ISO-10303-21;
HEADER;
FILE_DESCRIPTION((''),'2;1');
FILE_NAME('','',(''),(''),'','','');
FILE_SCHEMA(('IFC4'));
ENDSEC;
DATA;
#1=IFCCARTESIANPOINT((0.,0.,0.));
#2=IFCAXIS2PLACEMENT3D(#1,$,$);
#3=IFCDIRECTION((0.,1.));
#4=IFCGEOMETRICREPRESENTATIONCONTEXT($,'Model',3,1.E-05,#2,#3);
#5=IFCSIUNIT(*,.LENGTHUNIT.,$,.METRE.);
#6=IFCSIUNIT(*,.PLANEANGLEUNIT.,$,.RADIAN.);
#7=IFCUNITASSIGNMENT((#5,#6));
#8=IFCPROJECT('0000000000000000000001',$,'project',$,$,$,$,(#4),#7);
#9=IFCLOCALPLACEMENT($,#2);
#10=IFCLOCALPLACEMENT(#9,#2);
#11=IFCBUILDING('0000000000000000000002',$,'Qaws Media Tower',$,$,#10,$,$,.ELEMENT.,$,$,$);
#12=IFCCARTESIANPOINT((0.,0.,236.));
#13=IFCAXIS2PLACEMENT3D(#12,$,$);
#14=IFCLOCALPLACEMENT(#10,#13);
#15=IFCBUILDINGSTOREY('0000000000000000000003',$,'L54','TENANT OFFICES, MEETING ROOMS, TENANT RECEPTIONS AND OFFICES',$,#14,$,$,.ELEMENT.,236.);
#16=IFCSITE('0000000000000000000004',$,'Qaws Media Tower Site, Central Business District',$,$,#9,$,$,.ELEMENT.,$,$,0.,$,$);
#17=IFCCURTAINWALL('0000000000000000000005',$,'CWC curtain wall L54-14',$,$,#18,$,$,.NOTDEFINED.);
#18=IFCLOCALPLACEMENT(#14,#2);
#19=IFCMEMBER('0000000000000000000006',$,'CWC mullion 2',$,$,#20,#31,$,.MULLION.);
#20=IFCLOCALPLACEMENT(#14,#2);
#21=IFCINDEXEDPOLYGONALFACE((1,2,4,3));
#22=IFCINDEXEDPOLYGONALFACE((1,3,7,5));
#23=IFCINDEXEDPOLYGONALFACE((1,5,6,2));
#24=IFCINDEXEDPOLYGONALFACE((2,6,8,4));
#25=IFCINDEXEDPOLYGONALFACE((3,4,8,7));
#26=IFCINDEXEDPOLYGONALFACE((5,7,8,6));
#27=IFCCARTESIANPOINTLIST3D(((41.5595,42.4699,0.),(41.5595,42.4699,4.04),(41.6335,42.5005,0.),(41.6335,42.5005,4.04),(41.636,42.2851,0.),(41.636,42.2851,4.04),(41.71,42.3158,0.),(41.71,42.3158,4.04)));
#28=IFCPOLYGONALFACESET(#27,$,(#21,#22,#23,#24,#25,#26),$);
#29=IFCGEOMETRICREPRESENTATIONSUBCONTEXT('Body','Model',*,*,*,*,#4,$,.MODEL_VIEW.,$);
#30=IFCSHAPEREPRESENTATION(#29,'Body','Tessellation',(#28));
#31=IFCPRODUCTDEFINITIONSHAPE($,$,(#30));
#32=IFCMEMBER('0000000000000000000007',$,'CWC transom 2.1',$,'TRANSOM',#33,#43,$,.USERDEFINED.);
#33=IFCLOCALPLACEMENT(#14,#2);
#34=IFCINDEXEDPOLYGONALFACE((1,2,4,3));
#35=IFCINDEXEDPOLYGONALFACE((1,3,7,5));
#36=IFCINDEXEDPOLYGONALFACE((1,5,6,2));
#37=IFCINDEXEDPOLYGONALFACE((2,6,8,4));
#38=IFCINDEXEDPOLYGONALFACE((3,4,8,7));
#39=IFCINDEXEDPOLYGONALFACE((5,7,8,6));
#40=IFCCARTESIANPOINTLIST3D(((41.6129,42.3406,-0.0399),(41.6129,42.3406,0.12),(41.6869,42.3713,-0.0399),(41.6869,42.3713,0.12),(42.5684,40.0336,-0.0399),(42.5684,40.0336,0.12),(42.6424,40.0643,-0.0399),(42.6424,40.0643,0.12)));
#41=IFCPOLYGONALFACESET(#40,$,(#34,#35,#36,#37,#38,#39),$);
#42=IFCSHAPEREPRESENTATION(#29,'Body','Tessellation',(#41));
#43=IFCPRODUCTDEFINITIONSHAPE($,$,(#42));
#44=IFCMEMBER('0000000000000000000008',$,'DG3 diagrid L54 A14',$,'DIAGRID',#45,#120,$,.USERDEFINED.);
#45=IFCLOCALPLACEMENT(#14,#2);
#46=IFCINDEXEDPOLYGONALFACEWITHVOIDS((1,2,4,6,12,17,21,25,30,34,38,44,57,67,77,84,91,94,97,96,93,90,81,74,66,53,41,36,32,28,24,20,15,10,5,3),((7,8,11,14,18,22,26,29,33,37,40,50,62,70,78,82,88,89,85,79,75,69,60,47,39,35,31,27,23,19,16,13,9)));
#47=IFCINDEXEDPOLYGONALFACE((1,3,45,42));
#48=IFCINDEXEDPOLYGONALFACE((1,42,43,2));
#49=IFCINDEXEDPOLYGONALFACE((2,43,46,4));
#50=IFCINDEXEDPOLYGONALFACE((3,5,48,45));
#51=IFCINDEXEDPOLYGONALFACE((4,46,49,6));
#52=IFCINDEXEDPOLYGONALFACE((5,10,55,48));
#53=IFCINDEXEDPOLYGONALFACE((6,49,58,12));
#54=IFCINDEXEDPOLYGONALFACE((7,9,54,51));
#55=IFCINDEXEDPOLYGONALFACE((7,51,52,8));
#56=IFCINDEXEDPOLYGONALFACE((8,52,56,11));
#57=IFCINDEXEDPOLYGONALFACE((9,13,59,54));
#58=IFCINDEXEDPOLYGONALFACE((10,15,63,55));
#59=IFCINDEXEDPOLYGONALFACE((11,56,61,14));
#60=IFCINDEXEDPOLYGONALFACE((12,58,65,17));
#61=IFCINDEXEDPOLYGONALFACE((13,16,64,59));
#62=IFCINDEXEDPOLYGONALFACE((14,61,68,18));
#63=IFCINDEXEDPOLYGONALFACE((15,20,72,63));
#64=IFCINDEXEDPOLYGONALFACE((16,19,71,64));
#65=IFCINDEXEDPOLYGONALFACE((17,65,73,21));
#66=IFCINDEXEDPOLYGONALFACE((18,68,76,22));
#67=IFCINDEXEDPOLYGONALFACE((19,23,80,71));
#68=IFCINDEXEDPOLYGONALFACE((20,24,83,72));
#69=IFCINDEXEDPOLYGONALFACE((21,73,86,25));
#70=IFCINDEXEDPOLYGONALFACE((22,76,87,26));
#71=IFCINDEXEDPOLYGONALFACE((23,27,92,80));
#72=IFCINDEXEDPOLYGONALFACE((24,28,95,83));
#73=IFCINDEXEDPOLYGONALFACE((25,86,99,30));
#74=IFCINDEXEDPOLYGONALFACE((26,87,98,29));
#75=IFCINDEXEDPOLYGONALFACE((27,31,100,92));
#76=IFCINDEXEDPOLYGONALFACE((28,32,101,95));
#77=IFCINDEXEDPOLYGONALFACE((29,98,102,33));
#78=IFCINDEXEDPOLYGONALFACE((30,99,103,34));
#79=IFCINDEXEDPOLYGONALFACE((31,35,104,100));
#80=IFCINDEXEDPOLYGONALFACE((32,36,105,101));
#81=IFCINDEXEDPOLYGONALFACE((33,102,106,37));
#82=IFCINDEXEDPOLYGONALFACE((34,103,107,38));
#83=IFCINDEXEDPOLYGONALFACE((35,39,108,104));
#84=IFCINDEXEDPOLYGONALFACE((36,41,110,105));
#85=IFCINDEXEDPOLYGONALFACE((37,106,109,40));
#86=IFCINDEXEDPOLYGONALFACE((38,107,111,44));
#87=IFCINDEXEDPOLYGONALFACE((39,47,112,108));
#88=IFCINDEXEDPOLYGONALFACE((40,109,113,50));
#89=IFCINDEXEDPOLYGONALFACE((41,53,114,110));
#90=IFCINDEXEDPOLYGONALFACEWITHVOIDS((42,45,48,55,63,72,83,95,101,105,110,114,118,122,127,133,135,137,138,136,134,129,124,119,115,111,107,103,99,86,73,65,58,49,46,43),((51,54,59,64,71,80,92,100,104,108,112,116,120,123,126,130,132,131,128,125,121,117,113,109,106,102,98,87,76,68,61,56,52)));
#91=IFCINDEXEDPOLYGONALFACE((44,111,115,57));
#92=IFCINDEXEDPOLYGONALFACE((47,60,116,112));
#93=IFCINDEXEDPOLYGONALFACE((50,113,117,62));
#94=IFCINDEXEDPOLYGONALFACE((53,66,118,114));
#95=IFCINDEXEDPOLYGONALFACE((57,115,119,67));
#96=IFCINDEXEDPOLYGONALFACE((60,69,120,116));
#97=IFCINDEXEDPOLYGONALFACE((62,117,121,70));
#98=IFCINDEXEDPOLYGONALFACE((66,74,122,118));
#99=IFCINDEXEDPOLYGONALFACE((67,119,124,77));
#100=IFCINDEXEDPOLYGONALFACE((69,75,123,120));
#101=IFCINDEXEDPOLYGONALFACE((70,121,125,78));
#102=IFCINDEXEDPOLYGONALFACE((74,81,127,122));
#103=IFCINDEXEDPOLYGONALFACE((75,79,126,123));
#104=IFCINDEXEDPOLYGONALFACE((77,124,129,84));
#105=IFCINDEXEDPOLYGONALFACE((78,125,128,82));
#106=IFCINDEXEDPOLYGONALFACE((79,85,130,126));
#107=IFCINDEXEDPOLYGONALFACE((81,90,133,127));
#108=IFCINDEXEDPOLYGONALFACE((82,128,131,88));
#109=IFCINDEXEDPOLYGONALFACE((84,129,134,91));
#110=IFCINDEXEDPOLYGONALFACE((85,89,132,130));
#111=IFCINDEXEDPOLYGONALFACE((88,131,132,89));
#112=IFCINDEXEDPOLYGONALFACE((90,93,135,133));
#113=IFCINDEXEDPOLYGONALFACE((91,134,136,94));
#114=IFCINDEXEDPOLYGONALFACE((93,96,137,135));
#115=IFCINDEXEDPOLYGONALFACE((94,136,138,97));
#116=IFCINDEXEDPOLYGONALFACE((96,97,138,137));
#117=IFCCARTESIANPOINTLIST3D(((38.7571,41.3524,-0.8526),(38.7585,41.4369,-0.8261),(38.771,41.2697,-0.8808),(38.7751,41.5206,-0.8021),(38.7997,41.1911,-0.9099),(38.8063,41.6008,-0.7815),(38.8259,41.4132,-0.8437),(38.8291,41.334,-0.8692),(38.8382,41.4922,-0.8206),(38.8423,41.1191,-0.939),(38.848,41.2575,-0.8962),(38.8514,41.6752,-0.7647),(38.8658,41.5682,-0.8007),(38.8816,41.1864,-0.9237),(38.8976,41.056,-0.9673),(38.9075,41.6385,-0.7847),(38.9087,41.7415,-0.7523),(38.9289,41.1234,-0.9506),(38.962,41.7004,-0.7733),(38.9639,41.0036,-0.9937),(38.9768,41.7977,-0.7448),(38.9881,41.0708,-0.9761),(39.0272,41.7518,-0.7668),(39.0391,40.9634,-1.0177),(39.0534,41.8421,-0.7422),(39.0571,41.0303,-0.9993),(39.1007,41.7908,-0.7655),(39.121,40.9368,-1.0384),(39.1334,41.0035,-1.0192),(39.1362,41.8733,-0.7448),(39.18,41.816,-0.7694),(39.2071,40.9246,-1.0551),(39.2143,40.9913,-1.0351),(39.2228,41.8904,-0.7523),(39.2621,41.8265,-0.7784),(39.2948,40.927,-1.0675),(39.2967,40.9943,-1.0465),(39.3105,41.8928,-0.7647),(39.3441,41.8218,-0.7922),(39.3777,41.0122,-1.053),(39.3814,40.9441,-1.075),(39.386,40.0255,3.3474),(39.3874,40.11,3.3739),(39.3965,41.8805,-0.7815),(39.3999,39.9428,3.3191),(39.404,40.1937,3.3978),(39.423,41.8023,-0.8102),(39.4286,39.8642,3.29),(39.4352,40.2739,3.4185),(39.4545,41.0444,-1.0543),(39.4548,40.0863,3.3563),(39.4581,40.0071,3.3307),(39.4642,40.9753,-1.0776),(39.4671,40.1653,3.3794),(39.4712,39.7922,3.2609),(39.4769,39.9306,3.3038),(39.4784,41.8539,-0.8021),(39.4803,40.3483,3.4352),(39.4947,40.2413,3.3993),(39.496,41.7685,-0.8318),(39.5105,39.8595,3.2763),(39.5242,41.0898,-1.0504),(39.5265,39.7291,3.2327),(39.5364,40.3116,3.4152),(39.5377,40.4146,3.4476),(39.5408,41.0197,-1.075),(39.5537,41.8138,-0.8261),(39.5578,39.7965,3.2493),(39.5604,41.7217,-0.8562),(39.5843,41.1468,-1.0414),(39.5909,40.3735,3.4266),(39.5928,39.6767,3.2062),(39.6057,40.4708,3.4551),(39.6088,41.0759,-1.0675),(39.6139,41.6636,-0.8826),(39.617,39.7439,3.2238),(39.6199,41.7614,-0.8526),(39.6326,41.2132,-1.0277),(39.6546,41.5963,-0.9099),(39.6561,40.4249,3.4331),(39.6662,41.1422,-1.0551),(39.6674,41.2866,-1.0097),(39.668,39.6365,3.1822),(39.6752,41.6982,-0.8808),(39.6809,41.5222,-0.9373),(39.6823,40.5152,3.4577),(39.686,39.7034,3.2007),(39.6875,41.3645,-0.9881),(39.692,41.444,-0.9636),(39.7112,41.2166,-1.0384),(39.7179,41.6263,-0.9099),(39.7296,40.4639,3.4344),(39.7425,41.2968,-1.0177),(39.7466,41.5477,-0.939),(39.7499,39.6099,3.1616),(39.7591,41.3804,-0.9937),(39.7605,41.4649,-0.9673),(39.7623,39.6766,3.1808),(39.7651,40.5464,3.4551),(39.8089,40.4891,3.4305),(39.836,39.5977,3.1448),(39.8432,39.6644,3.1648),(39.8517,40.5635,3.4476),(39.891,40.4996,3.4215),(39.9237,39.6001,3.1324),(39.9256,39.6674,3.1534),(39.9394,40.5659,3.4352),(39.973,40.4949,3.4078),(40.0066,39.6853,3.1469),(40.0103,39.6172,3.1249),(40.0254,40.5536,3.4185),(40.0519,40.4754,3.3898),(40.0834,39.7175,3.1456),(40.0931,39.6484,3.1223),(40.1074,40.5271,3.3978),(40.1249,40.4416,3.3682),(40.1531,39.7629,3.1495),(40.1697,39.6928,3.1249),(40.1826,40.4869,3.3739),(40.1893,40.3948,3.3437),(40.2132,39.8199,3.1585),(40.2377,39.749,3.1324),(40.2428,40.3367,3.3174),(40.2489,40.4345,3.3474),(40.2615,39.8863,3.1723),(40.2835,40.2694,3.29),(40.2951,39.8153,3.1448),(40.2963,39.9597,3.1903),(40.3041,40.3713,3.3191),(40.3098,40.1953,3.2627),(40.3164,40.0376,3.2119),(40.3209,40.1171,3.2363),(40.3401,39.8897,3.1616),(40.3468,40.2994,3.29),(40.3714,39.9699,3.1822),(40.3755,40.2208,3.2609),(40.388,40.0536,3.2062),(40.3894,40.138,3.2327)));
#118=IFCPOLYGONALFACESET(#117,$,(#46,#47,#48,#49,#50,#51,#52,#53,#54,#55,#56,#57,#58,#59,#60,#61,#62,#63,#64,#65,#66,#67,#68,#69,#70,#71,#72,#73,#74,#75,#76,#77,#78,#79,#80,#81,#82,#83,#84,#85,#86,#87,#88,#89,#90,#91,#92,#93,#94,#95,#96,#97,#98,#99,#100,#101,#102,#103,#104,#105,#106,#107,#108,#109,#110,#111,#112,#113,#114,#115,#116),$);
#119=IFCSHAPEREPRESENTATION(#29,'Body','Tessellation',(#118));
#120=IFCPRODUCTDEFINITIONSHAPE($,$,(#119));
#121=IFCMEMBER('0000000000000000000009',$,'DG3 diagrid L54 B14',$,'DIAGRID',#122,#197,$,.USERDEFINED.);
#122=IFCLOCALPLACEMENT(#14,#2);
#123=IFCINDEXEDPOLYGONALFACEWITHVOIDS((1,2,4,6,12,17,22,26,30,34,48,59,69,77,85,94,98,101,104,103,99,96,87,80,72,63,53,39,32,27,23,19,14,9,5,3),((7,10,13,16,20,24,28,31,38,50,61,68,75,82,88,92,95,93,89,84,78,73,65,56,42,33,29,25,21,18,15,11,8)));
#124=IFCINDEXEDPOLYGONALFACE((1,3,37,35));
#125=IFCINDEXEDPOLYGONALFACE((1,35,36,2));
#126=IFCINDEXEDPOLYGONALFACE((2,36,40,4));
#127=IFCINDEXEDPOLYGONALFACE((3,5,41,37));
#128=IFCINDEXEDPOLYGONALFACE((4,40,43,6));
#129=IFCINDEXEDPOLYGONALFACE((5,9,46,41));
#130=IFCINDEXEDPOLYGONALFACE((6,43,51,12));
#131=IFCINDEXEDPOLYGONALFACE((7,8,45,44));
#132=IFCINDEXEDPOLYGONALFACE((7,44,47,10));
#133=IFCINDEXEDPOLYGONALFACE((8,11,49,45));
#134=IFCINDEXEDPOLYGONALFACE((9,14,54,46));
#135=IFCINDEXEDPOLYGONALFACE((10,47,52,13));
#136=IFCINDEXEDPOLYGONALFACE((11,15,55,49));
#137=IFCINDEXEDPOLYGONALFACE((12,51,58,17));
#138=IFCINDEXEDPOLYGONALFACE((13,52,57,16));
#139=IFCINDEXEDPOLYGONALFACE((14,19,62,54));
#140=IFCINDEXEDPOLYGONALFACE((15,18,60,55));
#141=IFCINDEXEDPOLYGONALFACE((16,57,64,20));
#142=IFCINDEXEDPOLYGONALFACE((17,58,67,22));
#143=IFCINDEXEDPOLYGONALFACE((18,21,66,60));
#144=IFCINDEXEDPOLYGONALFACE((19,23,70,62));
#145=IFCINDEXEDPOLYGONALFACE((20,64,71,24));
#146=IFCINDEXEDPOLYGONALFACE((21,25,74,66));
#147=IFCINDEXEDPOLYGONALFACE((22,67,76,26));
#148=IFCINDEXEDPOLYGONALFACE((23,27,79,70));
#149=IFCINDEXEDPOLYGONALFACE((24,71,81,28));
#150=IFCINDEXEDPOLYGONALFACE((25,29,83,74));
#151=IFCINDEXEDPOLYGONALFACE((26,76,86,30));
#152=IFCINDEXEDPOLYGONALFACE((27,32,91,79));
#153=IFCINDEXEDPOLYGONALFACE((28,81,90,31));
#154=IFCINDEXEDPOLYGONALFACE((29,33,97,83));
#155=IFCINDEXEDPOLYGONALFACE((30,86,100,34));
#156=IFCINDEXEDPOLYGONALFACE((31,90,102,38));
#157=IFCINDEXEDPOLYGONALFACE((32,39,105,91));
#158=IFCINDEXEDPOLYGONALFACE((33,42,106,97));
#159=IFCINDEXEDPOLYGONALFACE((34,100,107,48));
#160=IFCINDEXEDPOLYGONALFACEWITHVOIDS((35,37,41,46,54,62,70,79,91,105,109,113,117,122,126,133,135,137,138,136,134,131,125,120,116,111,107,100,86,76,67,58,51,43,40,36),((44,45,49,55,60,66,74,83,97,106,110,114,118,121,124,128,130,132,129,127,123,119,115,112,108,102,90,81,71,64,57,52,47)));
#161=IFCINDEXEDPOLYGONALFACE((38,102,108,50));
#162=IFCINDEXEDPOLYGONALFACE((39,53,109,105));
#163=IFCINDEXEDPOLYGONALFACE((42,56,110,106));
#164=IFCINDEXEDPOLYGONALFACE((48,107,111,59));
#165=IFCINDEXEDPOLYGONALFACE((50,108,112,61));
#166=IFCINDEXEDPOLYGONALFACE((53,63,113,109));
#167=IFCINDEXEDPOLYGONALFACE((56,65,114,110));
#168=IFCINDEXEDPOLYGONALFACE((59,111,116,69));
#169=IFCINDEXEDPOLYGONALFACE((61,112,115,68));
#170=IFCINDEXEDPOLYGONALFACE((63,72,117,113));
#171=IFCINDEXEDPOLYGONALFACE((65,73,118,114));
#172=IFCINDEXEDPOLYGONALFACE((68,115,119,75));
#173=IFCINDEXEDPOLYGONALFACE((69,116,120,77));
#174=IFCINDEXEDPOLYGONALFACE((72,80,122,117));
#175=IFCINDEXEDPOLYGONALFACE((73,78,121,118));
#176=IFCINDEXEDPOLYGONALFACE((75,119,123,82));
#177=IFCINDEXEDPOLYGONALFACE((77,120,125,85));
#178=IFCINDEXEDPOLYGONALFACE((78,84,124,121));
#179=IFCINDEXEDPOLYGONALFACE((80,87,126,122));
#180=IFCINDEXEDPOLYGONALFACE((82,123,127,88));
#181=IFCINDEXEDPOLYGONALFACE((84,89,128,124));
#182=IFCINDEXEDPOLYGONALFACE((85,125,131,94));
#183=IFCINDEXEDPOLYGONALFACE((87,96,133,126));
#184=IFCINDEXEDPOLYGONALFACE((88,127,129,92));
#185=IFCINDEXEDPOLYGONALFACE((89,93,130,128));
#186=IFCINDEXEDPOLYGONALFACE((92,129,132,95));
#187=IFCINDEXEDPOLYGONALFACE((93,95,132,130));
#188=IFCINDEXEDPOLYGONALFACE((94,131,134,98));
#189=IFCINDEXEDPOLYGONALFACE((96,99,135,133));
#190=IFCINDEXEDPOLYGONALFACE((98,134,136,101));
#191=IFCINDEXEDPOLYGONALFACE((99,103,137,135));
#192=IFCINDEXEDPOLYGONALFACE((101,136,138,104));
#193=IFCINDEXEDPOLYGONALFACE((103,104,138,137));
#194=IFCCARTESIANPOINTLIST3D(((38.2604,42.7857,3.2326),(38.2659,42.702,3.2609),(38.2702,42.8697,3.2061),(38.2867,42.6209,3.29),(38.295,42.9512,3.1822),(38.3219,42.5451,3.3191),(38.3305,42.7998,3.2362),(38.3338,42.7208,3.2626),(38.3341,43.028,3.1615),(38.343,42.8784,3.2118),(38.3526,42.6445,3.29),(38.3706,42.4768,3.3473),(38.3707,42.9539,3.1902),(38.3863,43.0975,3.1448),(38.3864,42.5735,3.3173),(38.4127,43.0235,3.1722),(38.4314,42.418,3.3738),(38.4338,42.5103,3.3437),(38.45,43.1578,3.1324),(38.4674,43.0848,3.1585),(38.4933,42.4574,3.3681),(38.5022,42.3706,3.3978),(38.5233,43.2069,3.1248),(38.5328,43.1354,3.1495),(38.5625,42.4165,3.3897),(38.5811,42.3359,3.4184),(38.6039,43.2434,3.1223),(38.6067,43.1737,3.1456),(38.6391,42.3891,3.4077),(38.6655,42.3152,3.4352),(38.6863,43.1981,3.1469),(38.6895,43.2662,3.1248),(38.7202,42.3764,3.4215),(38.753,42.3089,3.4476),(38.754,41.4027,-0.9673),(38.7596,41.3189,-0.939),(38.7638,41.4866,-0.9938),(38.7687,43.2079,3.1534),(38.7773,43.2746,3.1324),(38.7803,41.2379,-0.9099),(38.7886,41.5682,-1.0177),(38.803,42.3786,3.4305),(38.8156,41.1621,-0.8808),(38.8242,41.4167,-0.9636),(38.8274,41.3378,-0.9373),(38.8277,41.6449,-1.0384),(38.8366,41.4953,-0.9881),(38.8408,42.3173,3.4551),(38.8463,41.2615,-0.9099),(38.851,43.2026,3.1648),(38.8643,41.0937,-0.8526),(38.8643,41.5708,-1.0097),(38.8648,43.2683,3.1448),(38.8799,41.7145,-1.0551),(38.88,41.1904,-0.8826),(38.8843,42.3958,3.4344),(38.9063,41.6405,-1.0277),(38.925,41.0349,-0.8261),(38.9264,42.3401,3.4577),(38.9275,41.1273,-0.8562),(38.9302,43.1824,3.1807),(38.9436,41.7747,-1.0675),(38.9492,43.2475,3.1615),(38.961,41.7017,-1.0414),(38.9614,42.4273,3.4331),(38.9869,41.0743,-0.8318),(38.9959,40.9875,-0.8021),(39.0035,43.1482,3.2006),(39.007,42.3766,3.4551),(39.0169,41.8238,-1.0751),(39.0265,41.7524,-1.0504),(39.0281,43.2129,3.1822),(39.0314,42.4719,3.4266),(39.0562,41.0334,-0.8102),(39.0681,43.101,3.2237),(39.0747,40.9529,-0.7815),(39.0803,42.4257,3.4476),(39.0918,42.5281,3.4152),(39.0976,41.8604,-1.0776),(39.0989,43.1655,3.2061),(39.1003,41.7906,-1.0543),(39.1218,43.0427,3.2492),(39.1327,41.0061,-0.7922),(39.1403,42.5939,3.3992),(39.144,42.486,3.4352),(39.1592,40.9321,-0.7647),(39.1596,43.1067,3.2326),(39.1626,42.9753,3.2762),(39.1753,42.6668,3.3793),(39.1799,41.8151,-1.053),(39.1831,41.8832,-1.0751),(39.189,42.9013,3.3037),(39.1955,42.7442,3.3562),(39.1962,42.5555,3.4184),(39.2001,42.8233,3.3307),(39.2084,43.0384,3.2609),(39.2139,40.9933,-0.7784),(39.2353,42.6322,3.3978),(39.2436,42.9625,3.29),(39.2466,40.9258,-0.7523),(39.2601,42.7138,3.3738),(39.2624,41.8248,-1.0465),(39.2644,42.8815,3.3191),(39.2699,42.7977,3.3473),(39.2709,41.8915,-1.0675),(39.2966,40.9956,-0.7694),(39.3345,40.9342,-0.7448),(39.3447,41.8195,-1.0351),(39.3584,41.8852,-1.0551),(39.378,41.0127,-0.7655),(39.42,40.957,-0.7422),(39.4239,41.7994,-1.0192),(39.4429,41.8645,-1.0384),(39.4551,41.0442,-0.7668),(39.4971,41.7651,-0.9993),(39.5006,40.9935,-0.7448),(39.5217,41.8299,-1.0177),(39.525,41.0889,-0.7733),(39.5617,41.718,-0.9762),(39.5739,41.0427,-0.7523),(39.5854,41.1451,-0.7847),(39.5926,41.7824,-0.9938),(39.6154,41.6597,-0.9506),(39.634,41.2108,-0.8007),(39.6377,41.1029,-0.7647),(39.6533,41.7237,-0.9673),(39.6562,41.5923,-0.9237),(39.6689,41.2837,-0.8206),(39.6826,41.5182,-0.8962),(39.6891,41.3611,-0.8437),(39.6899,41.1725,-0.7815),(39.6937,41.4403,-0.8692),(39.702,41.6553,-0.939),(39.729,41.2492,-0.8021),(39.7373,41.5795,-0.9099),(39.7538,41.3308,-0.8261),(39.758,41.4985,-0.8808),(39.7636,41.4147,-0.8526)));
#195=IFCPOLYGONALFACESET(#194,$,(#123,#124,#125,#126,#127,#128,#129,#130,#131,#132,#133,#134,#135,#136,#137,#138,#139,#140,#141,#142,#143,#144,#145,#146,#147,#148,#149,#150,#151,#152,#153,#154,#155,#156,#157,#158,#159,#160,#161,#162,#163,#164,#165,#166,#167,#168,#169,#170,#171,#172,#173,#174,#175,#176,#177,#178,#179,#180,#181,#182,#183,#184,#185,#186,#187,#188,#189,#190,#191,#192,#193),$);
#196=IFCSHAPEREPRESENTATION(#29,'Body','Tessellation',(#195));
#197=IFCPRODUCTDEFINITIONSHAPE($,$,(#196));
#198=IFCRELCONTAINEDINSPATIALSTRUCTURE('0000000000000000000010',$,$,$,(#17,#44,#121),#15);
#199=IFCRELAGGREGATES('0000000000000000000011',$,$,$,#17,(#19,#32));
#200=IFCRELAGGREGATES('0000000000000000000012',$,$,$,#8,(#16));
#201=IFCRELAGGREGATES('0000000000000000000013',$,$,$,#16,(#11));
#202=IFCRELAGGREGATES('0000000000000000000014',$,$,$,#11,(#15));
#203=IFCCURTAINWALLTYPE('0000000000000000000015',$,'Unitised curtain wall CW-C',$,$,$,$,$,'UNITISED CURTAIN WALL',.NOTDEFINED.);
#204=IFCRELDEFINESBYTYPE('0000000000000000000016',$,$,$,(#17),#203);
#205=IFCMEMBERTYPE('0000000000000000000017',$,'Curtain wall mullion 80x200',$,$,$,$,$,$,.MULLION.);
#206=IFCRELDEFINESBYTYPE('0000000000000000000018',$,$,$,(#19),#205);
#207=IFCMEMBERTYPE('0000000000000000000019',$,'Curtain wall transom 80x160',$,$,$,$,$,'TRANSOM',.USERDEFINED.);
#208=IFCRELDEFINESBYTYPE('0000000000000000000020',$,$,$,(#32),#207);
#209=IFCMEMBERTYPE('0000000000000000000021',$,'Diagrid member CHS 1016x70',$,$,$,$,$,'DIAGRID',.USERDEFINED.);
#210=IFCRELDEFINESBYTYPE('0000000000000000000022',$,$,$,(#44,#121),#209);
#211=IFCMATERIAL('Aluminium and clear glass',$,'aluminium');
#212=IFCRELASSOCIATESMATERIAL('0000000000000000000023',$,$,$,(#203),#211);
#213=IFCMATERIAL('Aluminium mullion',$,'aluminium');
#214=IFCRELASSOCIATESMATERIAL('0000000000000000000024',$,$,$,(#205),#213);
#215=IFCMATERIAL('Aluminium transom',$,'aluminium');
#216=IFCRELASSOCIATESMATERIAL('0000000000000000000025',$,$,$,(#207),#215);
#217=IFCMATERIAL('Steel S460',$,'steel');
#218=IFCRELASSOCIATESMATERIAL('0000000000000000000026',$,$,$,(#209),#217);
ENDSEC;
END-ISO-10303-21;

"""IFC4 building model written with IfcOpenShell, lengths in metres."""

from ifc_helpers import new_model, si_unit, direction, frame, origin, origin_2d, place, context, subcontext, project, spatial, rectangle, hollow_circle, extrude, material, material_profile, profile_set, type_object, element, aggregate, save


model = new_model("IFC4")

# Units and contexts
model_context = context("Model", 3, precision=1e-05, world=origin(), true_north=direction((0.0, 1.0)))
body_context = subcontext(model_context, "Body", "Model", "MODEL_VIEW")
ifc_project = project(units=[si_unit("LENGTHUNIT", "METRE"), si_unit("PLANEANGLEUNIT", "RADIAN")], contexts=[model_context])

# Site, building, storey
site_placement = place(None, origin())
site = spatial("IfcSite", under=ifc_project, at=site_placement, Name="Qaws Media Tower Site, Central Business District", CompositionType="ELEMENT", RefElevation=0.0)
building_placement = place(site_placement, origin())
building = spatial("IfcBuilding", under=site, at=building_placement, Name="Qaws Media Tower", CompositionType="ELEMENT")
storey_placement = place(building_placement, frame((0.0, 0.0, 236.0)))
storey = spatial("IfcBuildingStorey", under=building, at=storey_placement, Name="L54", Description="TENANT OFFICES, MEETING ROOMS, TENANT RECEPTIONS AND OFFICES", CompositionType="ELEMENT", Elevation=236.0)

# Curtain wall, members
ifc_material_1 = material(Name="Aluminium and clear glass", Category="aluminium")
curtain_wall_type = type_object("IfcCurtainWallType", Name="Unitised curtain wall CW-C", ElementType="UNITISED CURTAIN WALL", PredefinedType="NOTDEFINED", material=ifc_material_1)
curtain_wall_placement = place(storey_placement, origin())
curtain_wall = element("IfcCurtainWall", 1, at=curtain_wall_placement, inside=storey, type_object=curtain_wall_type, Name="CWC curtain wall L54-14", PredefinedType="NOTDEFINED")
ifc_material_2 = material(Name="Aluminium mullion", Category="aluminium")
ifc_material_profile_1 = material_profile(ifc_material_2, rectangle(XDim=0.0801, YDim=0.2, at=origin_2d()), Name="80x200")
ifc_profile_set_1 = profile_set([ifc_material_profile_1], Name="Aluminium mullion")
member_type_1 = type_object("IfcMemberType", Name="Curtain wall mullion 80x200", PredefinedType="MULLION", material=ifc_profile_set_1)
member_1_placement = place(storey_placement, frame((41.6348, 42.3928, 0.0), z_axis=(0.0, 0.0, 1.0), x_axis=(0.923879, 0.382684, 0.0)))
member_1 = element("IfcMember", 2, at=member_1_placement, type_object=member_type_1, Name="CWC mullion 2", PredefinedType="MULLION", context=body_context, shape_type="SweptSolid", body=[
    extrude(rectangle(XDim=0.0801, YDim=0.2, at=origin_2d()), origin(), (0.0, 0.0, 1.0), 4.04),
])
ifc_material_3 = material(Name="Aluminium transom", Category="aluminium")
ifc_material_profile_2 = material_profile(ifc_material_3, rectangle(XDim=0.0801, YDim=0.1599, at=origin_2d()), Name="80x160")
ifc_profile_set_2 = profile_set([ifc_material_profile_2], Name="Aluminium transom")
member_type_2 = type_object("IfcMemberType", Name="Curtain wall transom 80x160", ElementType="TRANSOM", PredefinedType="USERDEFINED", material=ifc_profile_set_2)
member_2_placement = place(storey_placement, frame((41.6499, 42.356, 0.04), z_axis=(0.382657, -0.923891, 0.0), x_axis=(0.923891, 0.382657, 0.0)))
member_2 = element("IfcMember", 3, at=member_2_placement, type_object=member_type_2, Name="CWC transom 2.1", ObjectType="TRANSOM", PredefinedType="USERDEFINED", context=body_context, shape_type="SweptSolid", body=[
    extrude(rectangle(XDim=0.0801, YDim=0.1599, at=origin_2d()), origin(), (0.0, 0.0, 1.0), 2.4971),
])

# Members
ifc_material_4 = material(Name="Steel S460", Category="steel")
ifc_material_profile_3 = material_profile(ifc_material_4, hollow_circle(Radius=0.5081, WallThickness=0.0701, at=origin_2d()), Name="CHS 1016x70")
ifc_profile_set_3 = profile_set([ifc_material_profile_3], Name="Steel S460")
member_type_3 = type_object("IfcMemberType", Name="Diagrid member CHS 1016x70", ElementType="DIAGRID", PredefinedType="USERDEFINED", material=ifc_profile_set_3)
for number, where, z_axis, x_axis, name in (
    (4, (39.2588, 41.4087, -0.9099), (0.141351, -0.298231, 0.943969), (0.90364, 0.428294, 0.0), "DG3 diagrid L54 A14"),
    (5, (39.2588, 41.4087, -0.9099), (-0.110951, 0.310849, 0.943961), (-0.941806, -0.336157, 0.0), "DG3 diagrid L54 B14"),
):
    element("IfcMember", number, at=place(storey_placement, frame(where, z_axis=z_axis, x_axis=x_axis)), inside=storey, type_object=member_type_3, Name=name, ObjectType="DIAGRID", PredefinedType="USERDEFINED", context=body_context, shape_type="SweptSolid", body=[
        extrude(hollow_circle(Radius=0.5081, WallThickness=0.0701, at=origin_2d()), origin(), (0.0, 0.0, 1.0), 4.4492),
    ])

aggregate(curtain_wall, [member_1, member_2])

save(model, "model.ifc")
